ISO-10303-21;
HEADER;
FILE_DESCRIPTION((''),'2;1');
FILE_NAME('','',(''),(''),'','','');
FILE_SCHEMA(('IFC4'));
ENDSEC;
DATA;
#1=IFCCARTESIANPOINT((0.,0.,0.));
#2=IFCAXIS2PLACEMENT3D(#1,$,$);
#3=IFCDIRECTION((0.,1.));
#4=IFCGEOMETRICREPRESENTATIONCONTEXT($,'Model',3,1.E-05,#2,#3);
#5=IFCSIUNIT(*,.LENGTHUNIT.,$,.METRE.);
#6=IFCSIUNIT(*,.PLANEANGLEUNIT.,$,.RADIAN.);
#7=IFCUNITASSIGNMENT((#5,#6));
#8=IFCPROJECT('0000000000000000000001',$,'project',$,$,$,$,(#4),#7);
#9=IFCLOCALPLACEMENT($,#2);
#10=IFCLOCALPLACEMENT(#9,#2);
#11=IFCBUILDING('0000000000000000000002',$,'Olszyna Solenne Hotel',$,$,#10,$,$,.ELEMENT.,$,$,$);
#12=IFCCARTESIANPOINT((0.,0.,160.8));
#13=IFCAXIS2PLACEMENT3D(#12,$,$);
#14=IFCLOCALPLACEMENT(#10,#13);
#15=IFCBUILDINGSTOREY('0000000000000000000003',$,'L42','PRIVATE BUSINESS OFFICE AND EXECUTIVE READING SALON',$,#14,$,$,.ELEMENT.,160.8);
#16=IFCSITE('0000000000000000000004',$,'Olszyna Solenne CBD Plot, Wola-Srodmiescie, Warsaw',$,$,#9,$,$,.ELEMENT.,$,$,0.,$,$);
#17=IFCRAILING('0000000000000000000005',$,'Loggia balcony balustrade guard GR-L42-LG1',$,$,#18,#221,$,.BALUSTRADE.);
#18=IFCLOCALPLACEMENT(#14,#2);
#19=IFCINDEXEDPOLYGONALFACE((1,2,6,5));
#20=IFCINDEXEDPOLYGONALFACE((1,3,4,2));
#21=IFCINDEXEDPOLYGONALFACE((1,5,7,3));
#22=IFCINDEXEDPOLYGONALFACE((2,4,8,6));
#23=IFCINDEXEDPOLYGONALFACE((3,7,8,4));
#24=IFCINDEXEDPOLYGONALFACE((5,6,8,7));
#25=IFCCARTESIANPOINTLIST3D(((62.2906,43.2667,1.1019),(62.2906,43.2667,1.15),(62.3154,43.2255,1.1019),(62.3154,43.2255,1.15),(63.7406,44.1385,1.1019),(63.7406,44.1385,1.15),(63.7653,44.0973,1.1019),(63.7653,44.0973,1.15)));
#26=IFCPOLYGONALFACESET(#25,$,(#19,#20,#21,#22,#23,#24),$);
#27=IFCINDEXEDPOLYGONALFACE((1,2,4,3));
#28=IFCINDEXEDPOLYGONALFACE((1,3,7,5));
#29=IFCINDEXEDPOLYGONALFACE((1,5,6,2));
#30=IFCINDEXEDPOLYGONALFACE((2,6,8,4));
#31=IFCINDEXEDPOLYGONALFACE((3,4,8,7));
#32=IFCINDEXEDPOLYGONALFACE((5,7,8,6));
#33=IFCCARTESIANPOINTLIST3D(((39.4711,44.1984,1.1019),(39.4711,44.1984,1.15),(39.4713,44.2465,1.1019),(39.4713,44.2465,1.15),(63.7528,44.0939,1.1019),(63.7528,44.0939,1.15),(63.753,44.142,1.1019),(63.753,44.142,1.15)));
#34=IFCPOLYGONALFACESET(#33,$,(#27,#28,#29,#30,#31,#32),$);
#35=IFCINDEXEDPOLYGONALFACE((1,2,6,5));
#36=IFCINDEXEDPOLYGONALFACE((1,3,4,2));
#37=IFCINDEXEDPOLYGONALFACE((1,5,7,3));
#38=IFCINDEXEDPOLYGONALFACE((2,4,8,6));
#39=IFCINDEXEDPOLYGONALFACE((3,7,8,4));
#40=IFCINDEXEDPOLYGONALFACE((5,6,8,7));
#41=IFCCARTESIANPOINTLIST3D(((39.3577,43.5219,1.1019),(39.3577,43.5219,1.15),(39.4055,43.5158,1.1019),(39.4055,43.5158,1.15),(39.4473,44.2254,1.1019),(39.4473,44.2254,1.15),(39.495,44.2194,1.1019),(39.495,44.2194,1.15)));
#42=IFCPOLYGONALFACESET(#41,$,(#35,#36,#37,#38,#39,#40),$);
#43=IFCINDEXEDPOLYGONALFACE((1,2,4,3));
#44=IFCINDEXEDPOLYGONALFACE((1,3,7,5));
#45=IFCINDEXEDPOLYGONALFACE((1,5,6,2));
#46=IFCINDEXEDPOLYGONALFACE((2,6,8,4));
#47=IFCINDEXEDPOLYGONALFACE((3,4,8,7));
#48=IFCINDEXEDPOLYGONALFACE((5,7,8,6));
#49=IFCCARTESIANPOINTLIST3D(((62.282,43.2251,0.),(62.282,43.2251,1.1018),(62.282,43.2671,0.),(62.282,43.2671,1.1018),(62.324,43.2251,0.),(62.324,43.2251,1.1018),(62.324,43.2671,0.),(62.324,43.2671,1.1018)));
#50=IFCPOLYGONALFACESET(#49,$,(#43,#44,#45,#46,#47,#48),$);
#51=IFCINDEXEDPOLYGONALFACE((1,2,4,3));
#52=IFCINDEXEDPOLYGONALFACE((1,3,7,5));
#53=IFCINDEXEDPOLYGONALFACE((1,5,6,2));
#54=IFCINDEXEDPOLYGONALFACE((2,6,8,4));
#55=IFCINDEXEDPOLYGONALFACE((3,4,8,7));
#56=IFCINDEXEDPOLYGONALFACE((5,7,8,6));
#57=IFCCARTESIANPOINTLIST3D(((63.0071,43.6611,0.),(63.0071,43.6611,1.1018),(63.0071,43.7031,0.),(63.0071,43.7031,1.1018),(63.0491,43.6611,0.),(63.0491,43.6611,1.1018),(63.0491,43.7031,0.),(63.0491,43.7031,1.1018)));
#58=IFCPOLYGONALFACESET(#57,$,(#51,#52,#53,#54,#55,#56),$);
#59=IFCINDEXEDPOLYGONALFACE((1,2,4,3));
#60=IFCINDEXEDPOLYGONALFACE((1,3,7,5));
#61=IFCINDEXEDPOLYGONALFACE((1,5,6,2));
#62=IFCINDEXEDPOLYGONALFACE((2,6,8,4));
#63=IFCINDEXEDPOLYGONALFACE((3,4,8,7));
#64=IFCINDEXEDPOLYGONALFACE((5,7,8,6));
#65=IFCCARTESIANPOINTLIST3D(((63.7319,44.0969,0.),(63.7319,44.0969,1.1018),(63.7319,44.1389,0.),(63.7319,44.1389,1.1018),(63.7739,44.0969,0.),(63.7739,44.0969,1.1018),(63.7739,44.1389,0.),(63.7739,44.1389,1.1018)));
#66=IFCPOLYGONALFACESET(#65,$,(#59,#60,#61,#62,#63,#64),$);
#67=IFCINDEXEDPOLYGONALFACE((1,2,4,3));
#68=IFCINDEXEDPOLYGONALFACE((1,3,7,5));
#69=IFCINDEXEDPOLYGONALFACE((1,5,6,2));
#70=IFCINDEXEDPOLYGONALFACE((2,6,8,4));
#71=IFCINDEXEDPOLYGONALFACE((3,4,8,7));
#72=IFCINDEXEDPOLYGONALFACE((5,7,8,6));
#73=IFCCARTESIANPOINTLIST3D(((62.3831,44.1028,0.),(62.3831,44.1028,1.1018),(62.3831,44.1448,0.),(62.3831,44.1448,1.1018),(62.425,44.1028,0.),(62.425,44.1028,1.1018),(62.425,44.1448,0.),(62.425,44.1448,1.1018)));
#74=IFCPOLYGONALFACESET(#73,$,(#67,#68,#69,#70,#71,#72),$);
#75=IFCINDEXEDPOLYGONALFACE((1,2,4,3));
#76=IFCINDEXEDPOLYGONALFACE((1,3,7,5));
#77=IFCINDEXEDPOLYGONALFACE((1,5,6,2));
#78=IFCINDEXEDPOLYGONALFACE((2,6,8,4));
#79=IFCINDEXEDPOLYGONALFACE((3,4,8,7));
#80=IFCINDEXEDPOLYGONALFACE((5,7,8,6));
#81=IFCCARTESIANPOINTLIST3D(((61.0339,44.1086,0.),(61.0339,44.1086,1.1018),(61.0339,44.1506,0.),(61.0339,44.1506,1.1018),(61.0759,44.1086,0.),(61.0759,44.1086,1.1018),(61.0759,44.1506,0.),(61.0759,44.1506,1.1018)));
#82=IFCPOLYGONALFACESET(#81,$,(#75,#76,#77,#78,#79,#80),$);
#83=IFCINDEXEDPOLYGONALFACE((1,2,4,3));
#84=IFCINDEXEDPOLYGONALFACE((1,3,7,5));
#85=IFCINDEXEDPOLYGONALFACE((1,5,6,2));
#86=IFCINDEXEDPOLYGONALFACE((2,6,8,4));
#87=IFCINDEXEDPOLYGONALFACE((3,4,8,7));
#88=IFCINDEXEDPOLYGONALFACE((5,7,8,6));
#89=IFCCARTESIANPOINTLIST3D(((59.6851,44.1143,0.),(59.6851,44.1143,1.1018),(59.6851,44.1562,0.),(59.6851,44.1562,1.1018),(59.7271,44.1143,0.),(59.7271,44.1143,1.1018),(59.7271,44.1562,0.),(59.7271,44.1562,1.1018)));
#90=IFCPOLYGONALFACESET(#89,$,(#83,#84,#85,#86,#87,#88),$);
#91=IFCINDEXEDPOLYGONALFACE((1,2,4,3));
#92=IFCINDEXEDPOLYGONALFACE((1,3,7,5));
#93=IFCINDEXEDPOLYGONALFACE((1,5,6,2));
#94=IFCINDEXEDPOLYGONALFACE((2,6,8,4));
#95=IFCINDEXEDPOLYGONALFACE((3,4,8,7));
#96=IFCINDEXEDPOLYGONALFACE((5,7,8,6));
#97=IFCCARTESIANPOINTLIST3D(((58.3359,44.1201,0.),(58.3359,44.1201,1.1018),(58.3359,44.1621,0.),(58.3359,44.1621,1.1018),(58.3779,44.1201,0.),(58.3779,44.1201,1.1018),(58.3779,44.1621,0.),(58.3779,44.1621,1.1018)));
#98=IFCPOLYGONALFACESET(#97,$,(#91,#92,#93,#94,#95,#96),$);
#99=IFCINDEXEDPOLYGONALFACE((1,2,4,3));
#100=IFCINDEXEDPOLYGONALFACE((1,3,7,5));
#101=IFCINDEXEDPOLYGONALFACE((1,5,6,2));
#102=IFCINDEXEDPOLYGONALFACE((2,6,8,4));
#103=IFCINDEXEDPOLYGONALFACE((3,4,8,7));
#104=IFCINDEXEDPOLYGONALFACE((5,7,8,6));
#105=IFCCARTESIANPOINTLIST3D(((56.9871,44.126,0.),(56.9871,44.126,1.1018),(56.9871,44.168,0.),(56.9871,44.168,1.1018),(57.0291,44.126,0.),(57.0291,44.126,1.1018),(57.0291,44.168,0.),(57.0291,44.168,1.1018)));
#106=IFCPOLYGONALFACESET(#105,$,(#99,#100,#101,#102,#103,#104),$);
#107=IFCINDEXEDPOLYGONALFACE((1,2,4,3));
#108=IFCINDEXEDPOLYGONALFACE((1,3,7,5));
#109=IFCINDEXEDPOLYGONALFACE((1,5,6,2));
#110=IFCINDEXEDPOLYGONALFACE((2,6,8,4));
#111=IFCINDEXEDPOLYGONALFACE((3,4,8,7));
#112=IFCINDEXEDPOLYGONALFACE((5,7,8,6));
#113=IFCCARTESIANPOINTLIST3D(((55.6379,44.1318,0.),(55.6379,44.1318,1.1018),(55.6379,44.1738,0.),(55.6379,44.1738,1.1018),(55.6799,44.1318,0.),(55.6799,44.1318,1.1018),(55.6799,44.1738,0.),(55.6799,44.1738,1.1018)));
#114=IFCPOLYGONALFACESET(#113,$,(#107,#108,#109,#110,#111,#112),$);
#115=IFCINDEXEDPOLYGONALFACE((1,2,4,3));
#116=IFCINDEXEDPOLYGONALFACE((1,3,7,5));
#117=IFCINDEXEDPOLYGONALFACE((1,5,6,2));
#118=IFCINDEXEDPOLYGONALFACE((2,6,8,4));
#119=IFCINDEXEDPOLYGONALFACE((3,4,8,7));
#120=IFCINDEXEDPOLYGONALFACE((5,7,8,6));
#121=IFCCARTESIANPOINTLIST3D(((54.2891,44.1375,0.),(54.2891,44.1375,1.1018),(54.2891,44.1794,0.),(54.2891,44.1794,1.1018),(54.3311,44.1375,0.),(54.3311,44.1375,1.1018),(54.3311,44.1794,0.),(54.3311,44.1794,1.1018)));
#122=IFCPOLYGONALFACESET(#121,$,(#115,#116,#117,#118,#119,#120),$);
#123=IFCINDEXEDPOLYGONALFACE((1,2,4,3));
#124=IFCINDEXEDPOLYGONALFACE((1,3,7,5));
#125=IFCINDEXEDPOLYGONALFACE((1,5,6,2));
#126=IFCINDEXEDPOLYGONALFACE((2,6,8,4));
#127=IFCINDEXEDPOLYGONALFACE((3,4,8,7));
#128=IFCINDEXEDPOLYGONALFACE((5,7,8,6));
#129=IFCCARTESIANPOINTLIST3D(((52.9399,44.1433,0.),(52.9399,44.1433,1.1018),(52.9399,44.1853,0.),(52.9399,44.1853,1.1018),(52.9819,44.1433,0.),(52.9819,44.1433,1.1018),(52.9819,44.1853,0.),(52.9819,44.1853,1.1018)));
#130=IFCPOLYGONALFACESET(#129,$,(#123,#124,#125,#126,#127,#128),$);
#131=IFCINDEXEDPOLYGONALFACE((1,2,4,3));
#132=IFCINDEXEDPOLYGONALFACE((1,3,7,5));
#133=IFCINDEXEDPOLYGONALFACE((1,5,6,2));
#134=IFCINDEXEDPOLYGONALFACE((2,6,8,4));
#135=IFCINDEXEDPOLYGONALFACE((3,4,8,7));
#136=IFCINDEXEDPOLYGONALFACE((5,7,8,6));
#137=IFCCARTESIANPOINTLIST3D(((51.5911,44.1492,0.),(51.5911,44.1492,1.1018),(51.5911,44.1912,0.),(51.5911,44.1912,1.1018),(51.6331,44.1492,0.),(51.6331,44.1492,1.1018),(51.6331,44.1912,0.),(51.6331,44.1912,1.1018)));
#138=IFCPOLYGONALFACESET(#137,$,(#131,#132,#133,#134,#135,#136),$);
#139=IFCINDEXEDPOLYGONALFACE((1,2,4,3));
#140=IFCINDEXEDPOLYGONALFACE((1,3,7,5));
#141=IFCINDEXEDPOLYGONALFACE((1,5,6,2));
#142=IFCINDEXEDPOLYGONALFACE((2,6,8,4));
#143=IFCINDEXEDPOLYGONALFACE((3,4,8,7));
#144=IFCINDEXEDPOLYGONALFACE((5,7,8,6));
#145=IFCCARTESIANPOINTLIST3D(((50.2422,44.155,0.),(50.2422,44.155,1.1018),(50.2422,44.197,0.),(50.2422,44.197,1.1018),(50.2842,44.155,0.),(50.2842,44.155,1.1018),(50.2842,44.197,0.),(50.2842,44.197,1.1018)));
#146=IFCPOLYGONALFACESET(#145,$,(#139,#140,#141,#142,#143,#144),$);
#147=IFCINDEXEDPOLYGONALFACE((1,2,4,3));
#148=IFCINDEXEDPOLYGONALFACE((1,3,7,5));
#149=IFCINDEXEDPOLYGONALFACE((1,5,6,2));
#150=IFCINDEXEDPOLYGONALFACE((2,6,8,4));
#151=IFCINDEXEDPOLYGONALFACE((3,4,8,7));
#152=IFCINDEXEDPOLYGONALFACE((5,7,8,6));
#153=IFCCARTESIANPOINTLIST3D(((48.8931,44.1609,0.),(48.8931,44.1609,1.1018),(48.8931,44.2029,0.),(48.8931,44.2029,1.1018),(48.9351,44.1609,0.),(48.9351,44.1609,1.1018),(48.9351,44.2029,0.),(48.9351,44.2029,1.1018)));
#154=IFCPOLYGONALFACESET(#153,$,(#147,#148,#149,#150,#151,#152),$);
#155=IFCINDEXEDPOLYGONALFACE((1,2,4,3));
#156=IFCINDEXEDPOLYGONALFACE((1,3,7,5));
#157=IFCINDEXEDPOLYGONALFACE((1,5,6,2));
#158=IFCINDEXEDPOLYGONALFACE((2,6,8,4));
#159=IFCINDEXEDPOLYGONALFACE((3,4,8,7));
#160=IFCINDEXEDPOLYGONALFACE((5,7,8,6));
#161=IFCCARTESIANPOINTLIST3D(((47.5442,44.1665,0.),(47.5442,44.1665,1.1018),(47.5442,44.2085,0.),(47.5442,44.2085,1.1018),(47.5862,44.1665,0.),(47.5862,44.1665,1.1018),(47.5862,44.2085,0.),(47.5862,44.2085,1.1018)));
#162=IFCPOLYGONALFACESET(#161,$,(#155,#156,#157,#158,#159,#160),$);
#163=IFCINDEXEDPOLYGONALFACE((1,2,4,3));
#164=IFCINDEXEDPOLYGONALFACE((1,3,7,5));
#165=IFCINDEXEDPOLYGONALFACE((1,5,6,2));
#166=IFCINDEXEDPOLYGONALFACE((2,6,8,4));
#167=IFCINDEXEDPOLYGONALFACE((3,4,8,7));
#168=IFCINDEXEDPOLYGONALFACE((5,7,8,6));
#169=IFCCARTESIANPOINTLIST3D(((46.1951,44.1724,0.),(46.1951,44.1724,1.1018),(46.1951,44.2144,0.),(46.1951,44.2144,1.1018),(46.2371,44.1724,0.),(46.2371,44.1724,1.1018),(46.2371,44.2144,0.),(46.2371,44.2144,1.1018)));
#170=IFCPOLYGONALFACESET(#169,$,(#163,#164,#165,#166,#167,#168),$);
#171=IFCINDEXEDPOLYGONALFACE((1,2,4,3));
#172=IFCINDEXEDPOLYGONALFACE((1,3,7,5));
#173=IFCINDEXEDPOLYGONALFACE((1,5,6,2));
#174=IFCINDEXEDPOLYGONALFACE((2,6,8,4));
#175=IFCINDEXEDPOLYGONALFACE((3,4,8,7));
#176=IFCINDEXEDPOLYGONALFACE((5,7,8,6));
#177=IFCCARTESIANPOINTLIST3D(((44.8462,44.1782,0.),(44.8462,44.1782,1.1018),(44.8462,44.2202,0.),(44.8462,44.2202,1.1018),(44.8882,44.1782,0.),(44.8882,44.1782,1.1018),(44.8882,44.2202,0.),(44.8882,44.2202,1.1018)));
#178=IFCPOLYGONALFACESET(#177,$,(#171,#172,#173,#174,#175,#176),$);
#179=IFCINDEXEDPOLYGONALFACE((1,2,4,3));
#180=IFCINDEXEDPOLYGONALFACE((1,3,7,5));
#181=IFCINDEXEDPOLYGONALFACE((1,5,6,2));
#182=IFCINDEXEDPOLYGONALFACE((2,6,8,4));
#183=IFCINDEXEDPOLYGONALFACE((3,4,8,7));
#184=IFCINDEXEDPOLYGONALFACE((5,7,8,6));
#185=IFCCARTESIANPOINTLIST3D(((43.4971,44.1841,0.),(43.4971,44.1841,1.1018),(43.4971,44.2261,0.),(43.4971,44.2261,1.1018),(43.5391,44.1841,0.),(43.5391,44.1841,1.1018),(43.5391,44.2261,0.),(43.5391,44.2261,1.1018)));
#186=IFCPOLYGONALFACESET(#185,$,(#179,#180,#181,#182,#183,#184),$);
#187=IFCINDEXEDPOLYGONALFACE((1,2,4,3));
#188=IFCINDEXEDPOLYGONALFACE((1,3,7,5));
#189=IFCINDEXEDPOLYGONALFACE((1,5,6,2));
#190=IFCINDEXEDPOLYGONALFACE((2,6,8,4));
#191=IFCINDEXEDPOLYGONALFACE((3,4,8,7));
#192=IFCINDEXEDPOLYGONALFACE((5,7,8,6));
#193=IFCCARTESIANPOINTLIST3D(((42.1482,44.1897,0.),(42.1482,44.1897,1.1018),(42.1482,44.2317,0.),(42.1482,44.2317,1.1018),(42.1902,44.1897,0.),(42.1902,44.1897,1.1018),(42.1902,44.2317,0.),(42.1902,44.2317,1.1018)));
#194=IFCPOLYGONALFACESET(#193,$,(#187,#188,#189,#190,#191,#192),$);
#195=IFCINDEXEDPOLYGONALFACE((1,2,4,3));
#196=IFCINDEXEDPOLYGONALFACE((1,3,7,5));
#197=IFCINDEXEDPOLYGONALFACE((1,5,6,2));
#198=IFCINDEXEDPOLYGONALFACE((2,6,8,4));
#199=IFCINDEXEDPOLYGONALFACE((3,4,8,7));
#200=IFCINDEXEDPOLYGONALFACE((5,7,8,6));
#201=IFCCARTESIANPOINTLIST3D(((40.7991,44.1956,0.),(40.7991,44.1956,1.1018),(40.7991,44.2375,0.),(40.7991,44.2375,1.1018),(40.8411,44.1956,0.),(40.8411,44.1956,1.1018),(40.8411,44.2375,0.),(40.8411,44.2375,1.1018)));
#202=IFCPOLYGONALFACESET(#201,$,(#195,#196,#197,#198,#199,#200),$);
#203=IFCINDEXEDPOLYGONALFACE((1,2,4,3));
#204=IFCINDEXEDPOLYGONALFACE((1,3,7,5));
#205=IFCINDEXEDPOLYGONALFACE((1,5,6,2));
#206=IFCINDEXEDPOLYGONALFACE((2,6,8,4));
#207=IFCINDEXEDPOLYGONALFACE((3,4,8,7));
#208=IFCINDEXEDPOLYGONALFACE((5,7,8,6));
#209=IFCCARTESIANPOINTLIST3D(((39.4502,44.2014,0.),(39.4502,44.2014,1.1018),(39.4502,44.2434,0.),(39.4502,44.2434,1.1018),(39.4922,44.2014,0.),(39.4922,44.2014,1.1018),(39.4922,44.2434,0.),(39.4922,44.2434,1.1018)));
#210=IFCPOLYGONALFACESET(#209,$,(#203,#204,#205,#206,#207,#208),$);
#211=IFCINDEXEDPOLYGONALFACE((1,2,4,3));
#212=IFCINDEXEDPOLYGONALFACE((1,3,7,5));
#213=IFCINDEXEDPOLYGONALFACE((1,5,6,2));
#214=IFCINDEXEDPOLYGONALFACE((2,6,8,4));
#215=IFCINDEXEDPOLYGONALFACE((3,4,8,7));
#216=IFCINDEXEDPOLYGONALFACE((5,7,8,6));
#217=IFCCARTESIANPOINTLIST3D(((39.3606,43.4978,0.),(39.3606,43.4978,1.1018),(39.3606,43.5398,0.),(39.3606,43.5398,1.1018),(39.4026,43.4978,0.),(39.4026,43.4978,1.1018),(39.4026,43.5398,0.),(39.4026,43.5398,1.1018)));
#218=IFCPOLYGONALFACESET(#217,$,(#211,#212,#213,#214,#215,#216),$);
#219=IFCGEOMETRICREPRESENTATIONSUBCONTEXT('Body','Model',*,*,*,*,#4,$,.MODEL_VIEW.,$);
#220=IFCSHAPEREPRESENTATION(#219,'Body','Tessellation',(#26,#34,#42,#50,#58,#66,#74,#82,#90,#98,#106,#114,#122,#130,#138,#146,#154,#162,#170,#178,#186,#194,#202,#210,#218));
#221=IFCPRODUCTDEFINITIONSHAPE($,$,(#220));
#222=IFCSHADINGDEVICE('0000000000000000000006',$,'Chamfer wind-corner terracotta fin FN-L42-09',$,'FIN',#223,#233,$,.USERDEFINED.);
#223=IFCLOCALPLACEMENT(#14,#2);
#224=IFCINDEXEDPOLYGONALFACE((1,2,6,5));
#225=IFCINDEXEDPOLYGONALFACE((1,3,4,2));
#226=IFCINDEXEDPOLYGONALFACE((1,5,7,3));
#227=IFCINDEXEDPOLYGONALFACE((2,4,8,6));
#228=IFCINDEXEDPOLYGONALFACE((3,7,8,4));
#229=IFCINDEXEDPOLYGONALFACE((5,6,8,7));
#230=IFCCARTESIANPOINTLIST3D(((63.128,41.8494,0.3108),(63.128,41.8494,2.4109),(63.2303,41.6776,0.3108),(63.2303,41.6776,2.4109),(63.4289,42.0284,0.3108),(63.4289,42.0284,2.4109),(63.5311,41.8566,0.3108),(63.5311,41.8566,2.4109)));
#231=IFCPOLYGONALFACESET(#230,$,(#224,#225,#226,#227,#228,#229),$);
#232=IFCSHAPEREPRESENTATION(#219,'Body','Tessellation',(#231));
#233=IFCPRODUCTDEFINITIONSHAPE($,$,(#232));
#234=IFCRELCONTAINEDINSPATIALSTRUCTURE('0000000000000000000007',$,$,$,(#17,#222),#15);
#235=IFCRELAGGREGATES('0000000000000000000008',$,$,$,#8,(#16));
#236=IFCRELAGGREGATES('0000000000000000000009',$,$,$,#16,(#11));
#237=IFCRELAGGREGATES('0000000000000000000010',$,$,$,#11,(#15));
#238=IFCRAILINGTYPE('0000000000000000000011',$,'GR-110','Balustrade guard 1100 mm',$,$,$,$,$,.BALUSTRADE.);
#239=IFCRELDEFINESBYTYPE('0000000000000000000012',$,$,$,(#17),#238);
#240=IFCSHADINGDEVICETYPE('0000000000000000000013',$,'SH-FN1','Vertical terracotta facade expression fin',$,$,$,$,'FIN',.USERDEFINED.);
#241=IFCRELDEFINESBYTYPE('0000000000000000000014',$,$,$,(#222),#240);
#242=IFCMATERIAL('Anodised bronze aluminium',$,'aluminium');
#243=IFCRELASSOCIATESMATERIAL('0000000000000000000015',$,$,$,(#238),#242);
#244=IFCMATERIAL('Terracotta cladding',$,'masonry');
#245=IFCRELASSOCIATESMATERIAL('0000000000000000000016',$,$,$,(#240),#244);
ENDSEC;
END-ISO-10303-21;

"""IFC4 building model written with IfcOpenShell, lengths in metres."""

from ifc_helpers import new_model, si_unit, direction, frame, origin, origin_2d, place, context, subcontext, project, spatial, rectangle, extrude, source, transform, mapped, material, type_object, element, save


model = new_model("IFC4")

# Units and contexts
model_context = context("Model", 3, precision=1e-05, world=origin(), true_north=direction((0.0, 1.0)))
body_context = subcontext(model_context, "Body", "Model", "MODEL_VIEW")
ifc_project = project(units=[si_unit("LENGTHUNIT", "METRE"), si_unit("PLANEANGLEUNIT", "RADIAN")], contexts=[model_context])

# Site, building, storey
site_placement = place(None, origin())
site = spatial("IfcSite", under=ifc_project, at=site_placement, Name="Olszyna Solenne CBD Plot, Wola-Srodmiescie, Warsaw", CompositionType="ELEMENT", RefElevation=0.0)
building_placement = place(site_placement, origin())
building = spatial("IfcBuilding", under=site, at=building_placement, Name="Olszyna Solenne Hotel", CompositionType="ELEMENT")
storey_placement = place(building_placement, frame((0.0, 0.0, 160.8)))
storey = spatial("IfcBuildingStorey", under=building, at=storey_placement, Name="L42", Description="PRIVATE BUSINESS OFFICE AND EXECUTIVE READING SALON", CompositionType="ELEMENT", Elevation=160.8)

# Railing
ifc_material_1 = material(Name="Anodised bronze aluminium", Category="aluminium")
railing_type = type_object("IfcRailingType", Name="GR-110", Description="Balustrade guard 1100 mm", PredefinedType="BALUSTRADE", material=ifc_material_1)
railing_placement = place(storey_placement, frame((62.303, 43.2461, 0.0)))
element("IfcRailing", 1, at=railing_placement, inside=storey, type_object=railing_type, Name="Loggia balcony balustrade guard GR-L42-LG1", PredefinedType="BALUSTRADE", context=body_context, shape_type="SweptSolid", body=[
    extrude(rectangle(XDim=0.0481, YDim=0.0481, at=origin_2d()), frame((0.0, 0.0, 1.126), z_axis=(0.857009, 0.515302, 0.0), x_axis=(-0.515302, 0.857009, 0.0)), (0.0, 0.0, 1.0), 1.6919),
    extrude(rectangle(XDim=0.0481, YDim=0.0481, at=origin_2d()), frame((1.45, 0.8718, 1.126), z_axis=(-0.999991, 0.004303, 0.0), x_axis=(-0.004303, -0.999991, 0.0)), (0.0, 0.0, 1.0), 24.282),
    extrude(rectangle(XDim=0.0481, YDim=0.0481, at=origin_2d()), frame((-22.8318, 0.9763, 1.126), z_axis=(-0.126322, -0.991989, 0.0), x_axis=(0.991989, -0.126322, 0.0)), (0.0, 0.0, 1.0), 0.7092),
    extrude(rectangle(XDim=0.042, YDim=0.042, at=origin_2d()), origin(), (0.0, 0.0, 1.0), 1.1018),
    extrude(rectangle(XDim=0.042, YDim=0.042, at=origin_2d()), frame((0.7251, 0.436, 0.0)), (0.0, 0.0, 1.0), 1.1018),
    extrude(rectangle(XDim=0.042, YDim=0.042, at=origin_2d()), frame((1.45, 0.8718, 0.0)), (0.0, 0.0, 1.0), 1.1018),
    extrude(rectangle(XDim=0.042, YDim=0.042, at=origin_2d()), frame((0.1011, 0.8777, 0.0)), (0.0, 0.0, 1.0), 1.1018),
    extrude(rectangle(XDim=0.042, YDim=0.042, at=origin_2d()), frame((-1.248, 0.8835, 0.0)), (0.0, 0.0, 1.0), 1.1018),
    extrude(rectangle(XDim=0.042, YDim=0.042, at=origin_2d()), frame((-2.5969, 0.8892, 0.0)), (0.0, 0.0, 1.0), 1.1018),
    extrude(rectangle(XDim=0.042, YDim=0.042, at=origin_2d()), frame((-3.946, 0.895, 0.0)), (0.0, 0.0, 1.0), 1.1018),
    extrude(rectangle(XDim=0.042, YDim=0.042, at=origin_2d()), frame((-5.2949, 0.9009, 0.0)), (0.0, 0.0, 1.0), 1.1018),
    extrude(rectangle(XDim=0.042, YDim=0.042, at=origin_2d()), frame((-6.644, 0.9067, 0.0)), (0.0, 0.0, 1.0), 1.1018),
    extrude(rectangle(XDim=0.042, YDim=0.042, at=origin_2d()), frame((-7.9929, 0.9124, 0.0)), (0.0, 0.0, 1.0), 1.1018),
    extrude(rectangle(XDim=0.042, YDim=0.042, at=origin_2d()), frame((-9.342, 0.9182, 0.0)), (0.0, 0.0, 1.0), 1.1018),
    extrude(rectangle(XDim=0.042, YDim=0.042, at=origin_2d()), frame((-10.6909, 0.9241, 0.0)), (0.0, 0.0, 1.0), 1.1018),
    extrude(rectangle(XDim=0.042, YDim=0.042, at=origin_2d()), frame((-12.0398, 0.9299, 0.0)), (0.0, 0.0, 1.0), 1.1018),
    extrude(rectangle(XDim=0.042, YDim=0.042, at=origin_2d()), frame((-13.3889, 0.9358, 0.0)), (0.0, 0.0, 1.0), 1.1018),
    extrude(rectangle(XDim=0.042, YDim=0.042, at=origin_2d()), frame((-14.7378, 0.9414, 0.0)), (0.0, 0.0, 1.0), 1.1018),
    extrude(rectangle(XDim=0.042, YDim=0.042, at=origin_2d()), frame((-16.0869, 0.9473, 0.0)), (0.0, 0.0, 1.0), 1.1018),
    extrude(rectangle(XDim=0.042, YDim=0.042, at=origin_2d()), frame((-17.4358, 0.9531, 0.0)), (0.0, 0.0, 1.0), 1.1018),
    extrude(rectangle(XDim=0.042, YDim=0.042, at=origin_2d()), frame((-18.7849, 0.959, 0.0)), (0.0, 0.0, 1.0), 1.1018),
    extrude(rectangle(XDim=0.042, YDim=0.042, at=origin_2d()), frame((-20.1338, 0.9646, 0.0)), (0.0, 0.0, 1.0), 1.1018),
    extrude(rectangle(XDim=0.042, YDim=0.042, at=origin_2d()), frame((-21.4829, 0.9705, 0.0)), (0.0, 0.0, 1.0), 1.1018),
    extrude(rectangle(XDim=0.042, YDim=0.042, at=origin_2d()), frame((-22.8318, 0.9763, 0.0)), (0.0, 0.0, 1.0), 1.1018),
    extrude(rectangle(XDim=0.042, YDim=0.042, at=origin_2d()), frame((-22.9214, 0.2727, 0.0)), (0.0, 0.0, 1.0), 1.1018),
])

# Shading device
ifc_material_2 = material(Name="Terracotta cladding", Category="masonry")
shading_device_type = type_object("IfcShadingDeviceType", Name="SH-FN1", Description="Vertical terracotta facade expression fin", ElementType="FIN", PredefinedType="USERDEFINED", material=ifc_material_2)
shared_shape_1 = source(origin(), body_context, "Body", "SweptSolid", [
    extrude(rectangle(XDim=0.2, YDim=0.3501, at=origin_2d()), origin(), (0.0, 0.0, 1.0), 2.1001),
])
shading_device_placement = place(storey_placement, frame((63.3296, 41.853, 0.3108), z_axis=(0.0, 0.0, 1.0), x_axis=(0.511293, -0.859406, 0.0)))
element("IfcShadingDevice", 2, at=shading_device_placement, inside=storey, type_object=shading_device_type, Name="Chamfer wind-corner terracotta fin FN-L42-09", ObjectType="FIN", PredefinedType="USERDEFINED", context=body_context, shape_type="MappedRepresentation", body=[
    mapped(shared_shape_1, transform((0.0, 0.0, 0.0), x_axis=(1.0, 0.0, 0.0), y_axis=(0.0, 1.0, 0.0), z_axis=(0.0, 0.0, 1.0), scale=1.0)),
])

save(model, "model.ifc")
